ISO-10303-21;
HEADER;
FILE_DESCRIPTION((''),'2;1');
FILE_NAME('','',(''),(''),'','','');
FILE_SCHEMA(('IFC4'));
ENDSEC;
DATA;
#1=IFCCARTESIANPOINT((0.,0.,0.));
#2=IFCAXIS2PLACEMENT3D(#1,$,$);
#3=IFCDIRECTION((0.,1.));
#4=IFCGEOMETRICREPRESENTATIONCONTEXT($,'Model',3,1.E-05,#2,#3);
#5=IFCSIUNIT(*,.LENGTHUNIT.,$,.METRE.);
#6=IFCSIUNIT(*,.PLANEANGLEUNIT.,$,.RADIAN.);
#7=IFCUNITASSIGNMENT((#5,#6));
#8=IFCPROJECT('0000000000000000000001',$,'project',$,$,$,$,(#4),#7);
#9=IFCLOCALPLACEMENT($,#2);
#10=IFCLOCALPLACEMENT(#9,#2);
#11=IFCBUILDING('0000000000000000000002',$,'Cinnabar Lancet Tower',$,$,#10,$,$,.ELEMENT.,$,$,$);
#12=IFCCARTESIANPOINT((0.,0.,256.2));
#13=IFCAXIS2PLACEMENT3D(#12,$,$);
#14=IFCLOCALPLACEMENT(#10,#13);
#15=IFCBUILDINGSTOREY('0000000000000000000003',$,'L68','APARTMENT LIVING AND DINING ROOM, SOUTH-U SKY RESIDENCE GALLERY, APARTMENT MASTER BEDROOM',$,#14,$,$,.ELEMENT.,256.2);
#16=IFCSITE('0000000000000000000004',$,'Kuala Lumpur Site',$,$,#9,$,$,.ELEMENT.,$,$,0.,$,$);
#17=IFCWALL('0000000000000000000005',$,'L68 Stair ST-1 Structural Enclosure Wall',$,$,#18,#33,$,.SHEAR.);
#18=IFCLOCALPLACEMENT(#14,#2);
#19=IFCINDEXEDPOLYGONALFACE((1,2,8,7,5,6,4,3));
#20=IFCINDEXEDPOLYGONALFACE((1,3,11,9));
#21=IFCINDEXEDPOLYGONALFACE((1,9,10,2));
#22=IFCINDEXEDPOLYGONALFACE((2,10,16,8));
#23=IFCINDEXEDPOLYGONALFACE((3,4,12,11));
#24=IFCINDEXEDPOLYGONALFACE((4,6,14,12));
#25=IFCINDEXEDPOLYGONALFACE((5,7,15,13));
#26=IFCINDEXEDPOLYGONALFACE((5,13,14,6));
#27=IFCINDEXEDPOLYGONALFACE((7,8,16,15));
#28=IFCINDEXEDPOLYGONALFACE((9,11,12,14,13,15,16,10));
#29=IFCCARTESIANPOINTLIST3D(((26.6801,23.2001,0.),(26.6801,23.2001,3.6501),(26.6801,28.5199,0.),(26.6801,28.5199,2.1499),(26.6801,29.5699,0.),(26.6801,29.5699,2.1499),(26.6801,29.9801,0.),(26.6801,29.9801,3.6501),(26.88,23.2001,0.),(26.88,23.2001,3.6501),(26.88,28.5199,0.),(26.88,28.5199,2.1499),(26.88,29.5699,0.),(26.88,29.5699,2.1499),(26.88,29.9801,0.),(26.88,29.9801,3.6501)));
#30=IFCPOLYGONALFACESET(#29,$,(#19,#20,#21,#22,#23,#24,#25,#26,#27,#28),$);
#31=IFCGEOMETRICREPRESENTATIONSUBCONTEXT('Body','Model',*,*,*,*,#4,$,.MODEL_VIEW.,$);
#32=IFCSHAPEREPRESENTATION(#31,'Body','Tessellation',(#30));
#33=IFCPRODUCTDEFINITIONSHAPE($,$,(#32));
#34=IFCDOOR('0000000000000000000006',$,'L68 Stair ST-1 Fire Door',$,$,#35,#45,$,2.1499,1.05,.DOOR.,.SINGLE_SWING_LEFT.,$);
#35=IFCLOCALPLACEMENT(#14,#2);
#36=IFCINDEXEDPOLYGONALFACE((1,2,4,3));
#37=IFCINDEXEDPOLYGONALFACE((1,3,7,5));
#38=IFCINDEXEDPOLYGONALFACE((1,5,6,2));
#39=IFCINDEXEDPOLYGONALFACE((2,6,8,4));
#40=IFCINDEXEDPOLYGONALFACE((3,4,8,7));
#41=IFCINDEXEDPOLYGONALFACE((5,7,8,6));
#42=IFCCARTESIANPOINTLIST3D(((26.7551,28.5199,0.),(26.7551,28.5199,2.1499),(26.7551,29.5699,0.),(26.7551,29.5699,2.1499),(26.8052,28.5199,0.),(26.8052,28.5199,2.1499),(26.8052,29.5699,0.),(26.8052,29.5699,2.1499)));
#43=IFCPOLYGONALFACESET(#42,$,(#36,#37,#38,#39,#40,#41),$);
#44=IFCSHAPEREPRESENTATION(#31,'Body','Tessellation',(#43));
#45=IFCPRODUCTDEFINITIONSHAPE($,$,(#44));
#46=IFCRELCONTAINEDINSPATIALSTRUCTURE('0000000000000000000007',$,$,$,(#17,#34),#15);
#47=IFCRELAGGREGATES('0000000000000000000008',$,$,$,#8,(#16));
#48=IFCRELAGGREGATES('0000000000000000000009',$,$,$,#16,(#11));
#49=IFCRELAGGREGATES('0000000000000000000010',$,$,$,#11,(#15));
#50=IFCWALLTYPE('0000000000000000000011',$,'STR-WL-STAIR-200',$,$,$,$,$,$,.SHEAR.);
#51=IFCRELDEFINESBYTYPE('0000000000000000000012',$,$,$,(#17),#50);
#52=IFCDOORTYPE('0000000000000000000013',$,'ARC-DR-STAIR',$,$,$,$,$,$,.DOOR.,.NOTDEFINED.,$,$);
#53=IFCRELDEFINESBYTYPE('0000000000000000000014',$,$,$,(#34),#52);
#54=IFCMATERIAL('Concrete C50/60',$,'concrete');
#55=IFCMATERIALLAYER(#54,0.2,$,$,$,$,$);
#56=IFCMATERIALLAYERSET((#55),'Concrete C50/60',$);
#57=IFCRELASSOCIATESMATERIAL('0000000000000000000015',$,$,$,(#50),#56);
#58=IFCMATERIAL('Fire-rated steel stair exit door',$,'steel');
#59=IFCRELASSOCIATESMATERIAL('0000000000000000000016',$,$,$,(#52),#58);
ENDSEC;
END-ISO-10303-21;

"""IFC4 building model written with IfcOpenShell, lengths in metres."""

from ifc_helpers import new_model, si_unit, direction, frame, frame_2d, origin, place, context, subcontext, project, spatial, rectangle, extrude, material, layer, layer_set, type_object, element, fill, save


model = new_model("IFC4")

# Units and contexts
model_context = context("Model", 3, precision=1e-05, world=origin(), true_north=direction((0.0, 1.0)))
body_context = subcontext(model_context, "Body", "Model", "MODEL_VIEW")
ifc_project = project(units=[si_unit("LENGTHUNIT", "METRE"), si_unit("PLANEANGLEUNIT", "RADIAN")], contexts=[model_context])

# Site, building, storey
site_placement = place(None, origin())
site = spatial("IfcSite", under=ifc_project, at=site_placement, Name="Kuala Lumpur Site", CompositionType="ELEMENT", RefElevation=0.0)
building_placement = place(site_placement, origin())
building = spatial("IfcBuilding", under=site, at=building_placement, Name="Cinnabar Lancet Tower", CompositionType="ELEMENT")
storey_placement = place(building_placement, frame((0.0, 0.0, 256.2)))
storey = spatial("IfcBuildingStorey", under=building, at=storey_placement, Name="L68", Description="APARTMENT LIVING AND DINING ROOM, SOUTH-U SKY RESIDENCE GALLERY, APARTMENT MASTER BEDROOM", CompositionType="ELEMENT", Elevation=256.2)

# Wall, opening, door
ifc_material_1 = material(Name="Concrete C50/60", Category="concrete")
ifc_layer_1 = layer(ifc_material_1, 0.2)
ifc_layer_set_1 = layer_set([ifc_layer_1], Name="Concrete C50/60")
wall_type_1 = type_object("IfcWallType", Name="STR-WL-STAIR-200", PredefinedType="SHEAR", material=ifc_layer_set_1)
wall_1_placement = place(storey_placement, frame((26.78, 23.2, 0.0), z_axis=(0.0, 0.0, 1.0), x_axis=(0.0, 1.0, 0.0)))
wall_1 = element("IfcWall", 1, at=wall_1_placement, inside=storey, type_object=wall_type_1, Name="L68 Stair ST-1 Structural Enclosure Wall", PredefinedType="SHEAR", context=body_context, shape_type="SweptSolid", body=[
    extrude(rectangle(XDim=6.78, YDim=0.2, at=frame_2d((3.3901, 0.0))), origin(), (0.0, 0.0, 1.0), 3.6501),
])
opening_1_placement = place(wall_1_placement, frame((5.3201, 0.0, 0.0)))
opening_1 = element("IfcOpeningElement", 2, at=opening_1_placement, cuts=wall_1, PredefinedType="OPENING", context=body_context, shape_type="SweptSolid", body=[
    extrude(rectangle(XDim=1.05, YDim=2.1499, at=frame_2d((0.5249, 1.075))), frame((0.0, 0.1099, 0.0), z_axis=(0.0, -1.0, 0.0), x_axis=(1.0, 0.0, 0.0)), (0.0, 0.0, 1.0), 0.22),
])
ifc_material_2 = material(Name="Fire-rated steel stair exit door", Category="steel")
door_type_1 = type_object("IfcDoorType", Name="ARC-DR-STAIR", OperationType="NOTDEFINED", PredefinedType="DOOR", material=ifc_material_2)
door_1_placement = place(opening_1_placement, origin())
door_1 = element("IfcDoor", 3, at=door_1_placement, inside=storey, type_object=door_type_1, Name="L68 Stair ST-1 Fire Door", OperationType="SINGLE_SWING_LEFT", OverallHeight=2.1499, OverallWidth=1.05, PredefinedType="DOOR", context=body_context, shape_type="SweptSolid", body=[
    extrude(rectangle(XDim=1.05, YDim=2.1499, at=frame_2d((0.5249, 1.075))), frame((0.0, 0.0249, 0.0), z_axis=(0.0, -1.0, 0.0), x_axis=(1.0, 0.0, 0.0)), (0.0, 0.0, 1.0), 0.05),
])
fill(opening_1, door_1)

save(model, "model.ifc")
